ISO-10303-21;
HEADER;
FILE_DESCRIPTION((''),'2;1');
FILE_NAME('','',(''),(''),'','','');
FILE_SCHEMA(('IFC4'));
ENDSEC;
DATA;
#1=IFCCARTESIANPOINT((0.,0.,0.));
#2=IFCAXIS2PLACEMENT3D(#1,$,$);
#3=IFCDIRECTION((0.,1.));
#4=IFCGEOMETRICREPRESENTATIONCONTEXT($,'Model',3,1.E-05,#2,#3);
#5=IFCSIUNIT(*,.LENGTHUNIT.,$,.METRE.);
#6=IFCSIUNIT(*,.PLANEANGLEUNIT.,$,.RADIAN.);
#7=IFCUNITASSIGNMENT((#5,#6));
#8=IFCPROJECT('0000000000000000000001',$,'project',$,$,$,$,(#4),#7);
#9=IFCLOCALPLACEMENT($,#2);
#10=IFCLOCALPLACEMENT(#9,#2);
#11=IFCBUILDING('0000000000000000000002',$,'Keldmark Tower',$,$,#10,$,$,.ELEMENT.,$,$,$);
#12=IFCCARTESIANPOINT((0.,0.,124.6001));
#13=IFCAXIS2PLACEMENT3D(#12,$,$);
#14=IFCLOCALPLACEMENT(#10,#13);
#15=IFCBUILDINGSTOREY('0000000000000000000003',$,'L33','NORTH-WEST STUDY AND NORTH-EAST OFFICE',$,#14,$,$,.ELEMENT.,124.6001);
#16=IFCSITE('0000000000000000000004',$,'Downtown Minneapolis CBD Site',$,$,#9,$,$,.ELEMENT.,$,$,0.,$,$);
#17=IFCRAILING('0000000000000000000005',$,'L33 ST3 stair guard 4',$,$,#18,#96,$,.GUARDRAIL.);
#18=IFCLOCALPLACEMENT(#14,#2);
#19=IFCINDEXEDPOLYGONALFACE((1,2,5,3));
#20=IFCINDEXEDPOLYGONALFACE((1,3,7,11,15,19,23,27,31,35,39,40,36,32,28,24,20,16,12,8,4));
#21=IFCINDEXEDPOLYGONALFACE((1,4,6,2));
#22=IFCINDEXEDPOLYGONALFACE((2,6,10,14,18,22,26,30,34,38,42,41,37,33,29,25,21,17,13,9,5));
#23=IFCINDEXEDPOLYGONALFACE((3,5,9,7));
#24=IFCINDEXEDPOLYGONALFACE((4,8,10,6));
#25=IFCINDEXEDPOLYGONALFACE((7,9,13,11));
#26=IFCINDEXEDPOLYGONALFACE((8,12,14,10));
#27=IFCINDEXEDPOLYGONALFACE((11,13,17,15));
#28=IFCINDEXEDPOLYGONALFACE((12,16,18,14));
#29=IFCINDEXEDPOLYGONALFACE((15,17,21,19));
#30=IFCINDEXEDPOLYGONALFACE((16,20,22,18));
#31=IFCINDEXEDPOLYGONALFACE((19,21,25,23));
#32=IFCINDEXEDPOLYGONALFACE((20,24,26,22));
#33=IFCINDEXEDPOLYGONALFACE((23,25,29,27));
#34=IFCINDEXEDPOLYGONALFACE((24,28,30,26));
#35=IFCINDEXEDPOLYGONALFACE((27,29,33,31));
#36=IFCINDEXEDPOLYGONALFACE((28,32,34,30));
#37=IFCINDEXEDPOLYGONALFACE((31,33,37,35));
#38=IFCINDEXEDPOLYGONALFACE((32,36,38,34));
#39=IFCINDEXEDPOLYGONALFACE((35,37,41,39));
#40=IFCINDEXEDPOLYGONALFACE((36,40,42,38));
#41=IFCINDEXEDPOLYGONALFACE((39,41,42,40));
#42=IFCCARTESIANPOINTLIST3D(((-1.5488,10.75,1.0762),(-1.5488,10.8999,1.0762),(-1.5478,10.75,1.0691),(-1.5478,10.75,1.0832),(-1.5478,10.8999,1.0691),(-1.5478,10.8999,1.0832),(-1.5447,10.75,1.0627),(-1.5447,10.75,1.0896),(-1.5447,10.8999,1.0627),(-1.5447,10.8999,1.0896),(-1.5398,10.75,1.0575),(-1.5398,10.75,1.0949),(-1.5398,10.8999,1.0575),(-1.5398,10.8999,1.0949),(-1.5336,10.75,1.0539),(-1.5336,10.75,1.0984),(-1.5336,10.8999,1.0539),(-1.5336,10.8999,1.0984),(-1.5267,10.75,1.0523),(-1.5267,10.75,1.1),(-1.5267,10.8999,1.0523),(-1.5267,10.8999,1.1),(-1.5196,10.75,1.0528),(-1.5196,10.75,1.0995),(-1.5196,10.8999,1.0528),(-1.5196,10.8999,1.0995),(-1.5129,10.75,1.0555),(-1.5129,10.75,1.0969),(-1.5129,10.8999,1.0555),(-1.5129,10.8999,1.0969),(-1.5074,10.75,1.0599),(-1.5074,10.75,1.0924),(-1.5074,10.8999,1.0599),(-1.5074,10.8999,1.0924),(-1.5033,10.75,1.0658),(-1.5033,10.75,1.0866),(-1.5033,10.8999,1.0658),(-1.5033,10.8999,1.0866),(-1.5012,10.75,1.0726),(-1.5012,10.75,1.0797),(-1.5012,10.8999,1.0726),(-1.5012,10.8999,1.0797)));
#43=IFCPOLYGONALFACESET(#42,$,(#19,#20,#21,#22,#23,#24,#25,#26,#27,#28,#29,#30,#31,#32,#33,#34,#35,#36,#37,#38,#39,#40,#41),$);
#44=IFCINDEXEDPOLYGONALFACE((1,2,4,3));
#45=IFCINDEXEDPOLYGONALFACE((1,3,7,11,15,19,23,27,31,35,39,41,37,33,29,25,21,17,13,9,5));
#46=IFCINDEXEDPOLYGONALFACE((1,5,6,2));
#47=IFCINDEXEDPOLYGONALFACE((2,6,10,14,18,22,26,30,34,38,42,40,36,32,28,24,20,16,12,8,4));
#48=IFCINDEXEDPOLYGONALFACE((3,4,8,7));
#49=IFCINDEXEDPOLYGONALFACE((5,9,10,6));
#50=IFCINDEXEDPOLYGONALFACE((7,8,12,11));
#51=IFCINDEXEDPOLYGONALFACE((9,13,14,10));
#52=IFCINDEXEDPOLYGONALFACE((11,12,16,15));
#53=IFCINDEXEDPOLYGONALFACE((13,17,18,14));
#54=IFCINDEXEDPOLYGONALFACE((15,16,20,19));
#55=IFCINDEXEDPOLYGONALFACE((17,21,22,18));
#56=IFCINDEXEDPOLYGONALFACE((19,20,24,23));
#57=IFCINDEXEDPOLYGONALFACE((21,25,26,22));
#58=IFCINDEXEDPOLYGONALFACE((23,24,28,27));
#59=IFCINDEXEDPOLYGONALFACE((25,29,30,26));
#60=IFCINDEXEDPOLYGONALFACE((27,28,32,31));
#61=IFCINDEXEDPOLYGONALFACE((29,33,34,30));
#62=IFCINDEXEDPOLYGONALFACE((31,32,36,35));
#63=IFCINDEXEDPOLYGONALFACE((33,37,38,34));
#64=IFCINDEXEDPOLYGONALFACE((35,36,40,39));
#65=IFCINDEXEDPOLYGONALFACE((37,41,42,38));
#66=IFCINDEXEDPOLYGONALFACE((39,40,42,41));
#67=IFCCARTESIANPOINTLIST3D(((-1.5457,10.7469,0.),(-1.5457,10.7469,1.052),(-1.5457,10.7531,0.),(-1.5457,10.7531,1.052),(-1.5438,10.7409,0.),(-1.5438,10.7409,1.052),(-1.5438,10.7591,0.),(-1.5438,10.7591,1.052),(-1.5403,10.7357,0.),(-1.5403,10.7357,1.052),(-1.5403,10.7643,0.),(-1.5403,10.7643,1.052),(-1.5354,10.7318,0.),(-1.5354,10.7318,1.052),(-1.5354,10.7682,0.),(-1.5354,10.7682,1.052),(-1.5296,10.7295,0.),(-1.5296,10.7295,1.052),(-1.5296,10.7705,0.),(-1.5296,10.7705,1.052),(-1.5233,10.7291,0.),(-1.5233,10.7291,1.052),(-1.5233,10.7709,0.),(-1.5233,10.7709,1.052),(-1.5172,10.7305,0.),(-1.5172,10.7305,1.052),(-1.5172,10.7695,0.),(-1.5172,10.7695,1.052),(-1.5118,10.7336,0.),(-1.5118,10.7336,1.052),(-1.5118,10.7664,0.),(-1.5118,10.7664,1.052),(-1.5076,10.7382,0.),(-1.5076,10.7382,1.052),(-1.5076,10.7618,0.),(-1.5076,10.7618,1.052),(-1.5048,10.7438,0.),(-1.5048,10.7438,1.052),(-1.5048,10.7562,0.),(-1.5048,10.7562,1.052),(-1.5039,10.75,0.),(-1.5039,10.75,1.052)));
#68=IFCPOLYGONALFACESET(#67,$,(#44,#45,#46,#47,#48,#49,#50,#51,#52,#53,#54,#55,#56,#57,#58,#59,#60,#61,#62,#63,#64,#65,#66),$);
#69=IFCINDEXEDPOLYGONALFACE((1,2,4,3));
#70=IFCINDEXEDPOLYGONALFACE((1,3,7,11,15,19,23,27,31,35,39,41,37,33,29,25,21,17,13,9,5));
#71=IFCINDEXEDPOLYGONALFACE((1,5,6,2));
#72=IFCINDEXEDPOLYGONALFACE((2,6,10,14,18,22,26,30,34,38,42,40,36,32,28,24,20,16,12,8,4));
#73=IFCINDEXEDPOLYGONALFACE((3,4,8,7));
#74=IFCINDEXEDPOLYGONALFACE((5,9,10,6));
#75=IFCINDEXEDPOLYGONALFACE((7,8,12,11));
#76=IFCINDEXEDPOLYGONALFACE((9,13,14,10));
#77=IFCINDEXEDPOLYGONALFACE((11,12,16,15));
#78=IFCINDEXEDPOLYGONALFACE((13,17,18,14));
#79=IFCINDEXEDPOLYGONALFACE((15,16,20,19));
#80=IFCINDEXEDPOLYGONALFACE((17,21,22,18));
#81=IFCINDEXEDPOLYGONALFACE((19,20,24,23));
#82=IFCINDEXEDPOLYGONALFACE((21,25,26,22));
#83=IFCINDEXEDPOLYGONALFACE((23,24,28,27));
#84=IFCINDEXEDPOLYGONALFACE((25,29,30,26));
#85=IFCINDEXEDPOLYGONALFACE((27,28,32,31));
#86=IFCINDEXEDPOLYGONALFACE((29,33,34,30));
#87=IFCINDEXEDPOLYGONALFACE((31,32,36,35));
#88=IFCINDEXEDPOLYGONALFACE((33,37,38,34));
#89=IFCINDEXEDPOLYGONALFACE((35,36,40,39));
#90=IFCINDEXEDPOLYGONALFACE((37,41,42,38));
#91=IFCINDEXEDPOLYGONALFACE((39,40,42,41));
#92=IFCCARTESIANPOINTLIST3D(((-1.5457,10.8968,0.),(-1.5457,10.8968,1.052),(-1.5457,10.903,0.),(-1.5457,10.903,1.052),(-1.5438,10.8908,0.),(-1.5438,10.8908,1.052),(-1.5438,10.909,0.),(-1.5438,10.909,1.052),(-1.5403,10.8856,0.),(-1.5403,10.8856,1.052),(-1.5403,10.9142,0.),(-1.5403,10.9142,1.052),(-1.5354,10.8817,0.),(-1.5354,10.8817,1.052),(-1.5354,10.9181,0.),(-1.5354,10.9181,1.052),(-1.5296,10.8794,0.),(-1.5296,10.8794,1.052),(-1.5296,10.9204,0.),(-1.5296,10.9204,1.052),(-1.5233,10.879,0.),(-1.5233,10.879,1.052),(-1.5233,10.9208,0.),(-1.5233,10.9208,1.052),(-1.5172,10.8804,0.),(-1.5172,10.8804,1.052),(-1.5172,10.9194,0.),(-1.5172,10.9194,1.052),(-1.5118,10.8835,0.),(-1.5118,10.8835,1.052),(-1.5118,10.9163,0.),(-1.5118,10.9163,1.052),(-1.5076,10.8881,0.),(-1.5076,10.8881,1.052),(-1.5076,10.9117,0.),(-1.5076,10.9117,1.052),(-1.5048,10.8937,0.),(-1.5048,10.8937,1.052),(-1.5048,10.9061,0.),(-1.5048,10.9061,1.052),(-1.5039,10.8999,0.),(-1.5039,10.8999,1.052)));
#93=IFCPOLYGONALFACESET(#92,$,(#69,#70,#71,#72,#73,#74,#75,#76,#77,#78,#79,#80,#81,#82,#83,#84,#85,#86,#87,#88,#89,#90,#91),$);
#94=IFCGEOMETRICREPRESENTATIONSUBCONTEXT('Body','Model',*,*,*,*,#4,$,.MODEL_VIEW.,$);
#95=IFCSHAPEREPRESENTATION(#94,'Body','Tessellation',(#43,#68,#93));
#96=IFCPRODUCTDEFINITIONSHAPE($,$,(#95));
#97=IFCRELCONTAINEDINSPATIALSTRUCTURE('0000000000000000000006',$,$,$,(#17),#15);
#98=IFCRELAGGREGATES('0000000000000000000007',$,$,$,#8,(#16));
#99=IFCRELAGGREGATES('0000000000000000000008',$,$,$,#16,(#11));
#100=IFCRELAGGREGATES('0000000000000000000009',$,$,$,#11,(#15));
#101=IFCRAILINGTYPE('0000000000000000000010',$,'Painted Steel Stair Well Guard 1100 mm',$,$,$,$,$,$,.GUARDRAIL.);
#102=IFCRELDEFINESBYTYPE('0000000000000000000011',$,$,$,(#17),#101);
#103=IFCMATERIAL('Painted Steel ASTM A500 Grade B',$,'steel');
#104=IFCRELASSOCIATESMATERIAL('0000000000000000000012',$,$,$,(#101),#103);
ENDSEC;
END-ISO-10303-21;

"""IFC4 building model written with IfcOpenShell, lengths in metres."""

from ifc_helpers import new_model, si_unit, direction, frame, origin, origin_2d, place, context, subcontext, project, spatial, circle, extrude, material, type_object, element, save


model = new_model("IFC4")

# Units and contexts
model_context = context("Model", 3, precision=1e-05, world=origin(), true_north=direction((0.0, 1.0)))
body_context = subcontext(model_context, "Body", "Model", "MODEL_VIEW")
ifc_project = project(units=[si_unit("LENGTHUNIT", "METRE"), si_unit("PLANEANGLEUNIT", "RADIAN")], contexts=[model_context])

# Site, building, storey
site_placement = place(None, origin())
site = spatial("IfcSite", under=ifc_project, at=site_placement, Name="Downtown Minneapolis CBD Site", CompositionType="ELEMENT", RefElevation=0.0)
building_placement = place(site_placement, origin())
building = spatial("IfcBuilding", under=site, at=building_placement, Name="Keldmark Tower", CompositionType="ELEMENT")
storey_placement = place(building_placement, frame((0.0, 0.0, 124.6001)))
storey = spatial("IfcBuildingStorey", under=building, at=storey_placement, Name="L33", Description="NORTH-WEST STUDY AND NORTH-EAST OFFICE", CompositionType="ELEMENT", Elevation=124.6001)

# Railing
ifc_material_1 = material(Name="Painted Steel ASTM A500 Grade B", Category="steel")
railing_type = type_object("IfcRailingType", Name="Painted Steel Stair Well Guard 1100 mm", PredefinedType="GUARDRAIL", material=ifc_material_1)
railing_1_placement = place(storey_placement, frame((-1.5249, 10.75, 0.0)))
element("IfcRailing", 1, at=railing_1_placement, inside=storey, type_object=railing_type, Name="L33 ST3 stair guard 4", PredefinedType="GUARDRAIL", context=body_context, shape_type="SweptSolid", body=[
    extrude(circle(Radius=0.0239, at=origin_2d()), frame((0.0, 0.0, 1.0762), z_axis=(0.0, 1.0, 0.0), x_axis=(-1.0, 0.0, 0.0)), (0.0, 0.0, 1.0), 0.1499),
    extrude(circle(Radius=0.021, at=origin_2d()), origin(), (0.0, 0.0, 1.0), 1.052),
    extrude(circle(Radius=0.021, at=origin_2d()), frame((0.0, 0.1499, 0.0)), (0.0, 0.0, 1.0), 1.052),
])

save(model, "model.ifc")
